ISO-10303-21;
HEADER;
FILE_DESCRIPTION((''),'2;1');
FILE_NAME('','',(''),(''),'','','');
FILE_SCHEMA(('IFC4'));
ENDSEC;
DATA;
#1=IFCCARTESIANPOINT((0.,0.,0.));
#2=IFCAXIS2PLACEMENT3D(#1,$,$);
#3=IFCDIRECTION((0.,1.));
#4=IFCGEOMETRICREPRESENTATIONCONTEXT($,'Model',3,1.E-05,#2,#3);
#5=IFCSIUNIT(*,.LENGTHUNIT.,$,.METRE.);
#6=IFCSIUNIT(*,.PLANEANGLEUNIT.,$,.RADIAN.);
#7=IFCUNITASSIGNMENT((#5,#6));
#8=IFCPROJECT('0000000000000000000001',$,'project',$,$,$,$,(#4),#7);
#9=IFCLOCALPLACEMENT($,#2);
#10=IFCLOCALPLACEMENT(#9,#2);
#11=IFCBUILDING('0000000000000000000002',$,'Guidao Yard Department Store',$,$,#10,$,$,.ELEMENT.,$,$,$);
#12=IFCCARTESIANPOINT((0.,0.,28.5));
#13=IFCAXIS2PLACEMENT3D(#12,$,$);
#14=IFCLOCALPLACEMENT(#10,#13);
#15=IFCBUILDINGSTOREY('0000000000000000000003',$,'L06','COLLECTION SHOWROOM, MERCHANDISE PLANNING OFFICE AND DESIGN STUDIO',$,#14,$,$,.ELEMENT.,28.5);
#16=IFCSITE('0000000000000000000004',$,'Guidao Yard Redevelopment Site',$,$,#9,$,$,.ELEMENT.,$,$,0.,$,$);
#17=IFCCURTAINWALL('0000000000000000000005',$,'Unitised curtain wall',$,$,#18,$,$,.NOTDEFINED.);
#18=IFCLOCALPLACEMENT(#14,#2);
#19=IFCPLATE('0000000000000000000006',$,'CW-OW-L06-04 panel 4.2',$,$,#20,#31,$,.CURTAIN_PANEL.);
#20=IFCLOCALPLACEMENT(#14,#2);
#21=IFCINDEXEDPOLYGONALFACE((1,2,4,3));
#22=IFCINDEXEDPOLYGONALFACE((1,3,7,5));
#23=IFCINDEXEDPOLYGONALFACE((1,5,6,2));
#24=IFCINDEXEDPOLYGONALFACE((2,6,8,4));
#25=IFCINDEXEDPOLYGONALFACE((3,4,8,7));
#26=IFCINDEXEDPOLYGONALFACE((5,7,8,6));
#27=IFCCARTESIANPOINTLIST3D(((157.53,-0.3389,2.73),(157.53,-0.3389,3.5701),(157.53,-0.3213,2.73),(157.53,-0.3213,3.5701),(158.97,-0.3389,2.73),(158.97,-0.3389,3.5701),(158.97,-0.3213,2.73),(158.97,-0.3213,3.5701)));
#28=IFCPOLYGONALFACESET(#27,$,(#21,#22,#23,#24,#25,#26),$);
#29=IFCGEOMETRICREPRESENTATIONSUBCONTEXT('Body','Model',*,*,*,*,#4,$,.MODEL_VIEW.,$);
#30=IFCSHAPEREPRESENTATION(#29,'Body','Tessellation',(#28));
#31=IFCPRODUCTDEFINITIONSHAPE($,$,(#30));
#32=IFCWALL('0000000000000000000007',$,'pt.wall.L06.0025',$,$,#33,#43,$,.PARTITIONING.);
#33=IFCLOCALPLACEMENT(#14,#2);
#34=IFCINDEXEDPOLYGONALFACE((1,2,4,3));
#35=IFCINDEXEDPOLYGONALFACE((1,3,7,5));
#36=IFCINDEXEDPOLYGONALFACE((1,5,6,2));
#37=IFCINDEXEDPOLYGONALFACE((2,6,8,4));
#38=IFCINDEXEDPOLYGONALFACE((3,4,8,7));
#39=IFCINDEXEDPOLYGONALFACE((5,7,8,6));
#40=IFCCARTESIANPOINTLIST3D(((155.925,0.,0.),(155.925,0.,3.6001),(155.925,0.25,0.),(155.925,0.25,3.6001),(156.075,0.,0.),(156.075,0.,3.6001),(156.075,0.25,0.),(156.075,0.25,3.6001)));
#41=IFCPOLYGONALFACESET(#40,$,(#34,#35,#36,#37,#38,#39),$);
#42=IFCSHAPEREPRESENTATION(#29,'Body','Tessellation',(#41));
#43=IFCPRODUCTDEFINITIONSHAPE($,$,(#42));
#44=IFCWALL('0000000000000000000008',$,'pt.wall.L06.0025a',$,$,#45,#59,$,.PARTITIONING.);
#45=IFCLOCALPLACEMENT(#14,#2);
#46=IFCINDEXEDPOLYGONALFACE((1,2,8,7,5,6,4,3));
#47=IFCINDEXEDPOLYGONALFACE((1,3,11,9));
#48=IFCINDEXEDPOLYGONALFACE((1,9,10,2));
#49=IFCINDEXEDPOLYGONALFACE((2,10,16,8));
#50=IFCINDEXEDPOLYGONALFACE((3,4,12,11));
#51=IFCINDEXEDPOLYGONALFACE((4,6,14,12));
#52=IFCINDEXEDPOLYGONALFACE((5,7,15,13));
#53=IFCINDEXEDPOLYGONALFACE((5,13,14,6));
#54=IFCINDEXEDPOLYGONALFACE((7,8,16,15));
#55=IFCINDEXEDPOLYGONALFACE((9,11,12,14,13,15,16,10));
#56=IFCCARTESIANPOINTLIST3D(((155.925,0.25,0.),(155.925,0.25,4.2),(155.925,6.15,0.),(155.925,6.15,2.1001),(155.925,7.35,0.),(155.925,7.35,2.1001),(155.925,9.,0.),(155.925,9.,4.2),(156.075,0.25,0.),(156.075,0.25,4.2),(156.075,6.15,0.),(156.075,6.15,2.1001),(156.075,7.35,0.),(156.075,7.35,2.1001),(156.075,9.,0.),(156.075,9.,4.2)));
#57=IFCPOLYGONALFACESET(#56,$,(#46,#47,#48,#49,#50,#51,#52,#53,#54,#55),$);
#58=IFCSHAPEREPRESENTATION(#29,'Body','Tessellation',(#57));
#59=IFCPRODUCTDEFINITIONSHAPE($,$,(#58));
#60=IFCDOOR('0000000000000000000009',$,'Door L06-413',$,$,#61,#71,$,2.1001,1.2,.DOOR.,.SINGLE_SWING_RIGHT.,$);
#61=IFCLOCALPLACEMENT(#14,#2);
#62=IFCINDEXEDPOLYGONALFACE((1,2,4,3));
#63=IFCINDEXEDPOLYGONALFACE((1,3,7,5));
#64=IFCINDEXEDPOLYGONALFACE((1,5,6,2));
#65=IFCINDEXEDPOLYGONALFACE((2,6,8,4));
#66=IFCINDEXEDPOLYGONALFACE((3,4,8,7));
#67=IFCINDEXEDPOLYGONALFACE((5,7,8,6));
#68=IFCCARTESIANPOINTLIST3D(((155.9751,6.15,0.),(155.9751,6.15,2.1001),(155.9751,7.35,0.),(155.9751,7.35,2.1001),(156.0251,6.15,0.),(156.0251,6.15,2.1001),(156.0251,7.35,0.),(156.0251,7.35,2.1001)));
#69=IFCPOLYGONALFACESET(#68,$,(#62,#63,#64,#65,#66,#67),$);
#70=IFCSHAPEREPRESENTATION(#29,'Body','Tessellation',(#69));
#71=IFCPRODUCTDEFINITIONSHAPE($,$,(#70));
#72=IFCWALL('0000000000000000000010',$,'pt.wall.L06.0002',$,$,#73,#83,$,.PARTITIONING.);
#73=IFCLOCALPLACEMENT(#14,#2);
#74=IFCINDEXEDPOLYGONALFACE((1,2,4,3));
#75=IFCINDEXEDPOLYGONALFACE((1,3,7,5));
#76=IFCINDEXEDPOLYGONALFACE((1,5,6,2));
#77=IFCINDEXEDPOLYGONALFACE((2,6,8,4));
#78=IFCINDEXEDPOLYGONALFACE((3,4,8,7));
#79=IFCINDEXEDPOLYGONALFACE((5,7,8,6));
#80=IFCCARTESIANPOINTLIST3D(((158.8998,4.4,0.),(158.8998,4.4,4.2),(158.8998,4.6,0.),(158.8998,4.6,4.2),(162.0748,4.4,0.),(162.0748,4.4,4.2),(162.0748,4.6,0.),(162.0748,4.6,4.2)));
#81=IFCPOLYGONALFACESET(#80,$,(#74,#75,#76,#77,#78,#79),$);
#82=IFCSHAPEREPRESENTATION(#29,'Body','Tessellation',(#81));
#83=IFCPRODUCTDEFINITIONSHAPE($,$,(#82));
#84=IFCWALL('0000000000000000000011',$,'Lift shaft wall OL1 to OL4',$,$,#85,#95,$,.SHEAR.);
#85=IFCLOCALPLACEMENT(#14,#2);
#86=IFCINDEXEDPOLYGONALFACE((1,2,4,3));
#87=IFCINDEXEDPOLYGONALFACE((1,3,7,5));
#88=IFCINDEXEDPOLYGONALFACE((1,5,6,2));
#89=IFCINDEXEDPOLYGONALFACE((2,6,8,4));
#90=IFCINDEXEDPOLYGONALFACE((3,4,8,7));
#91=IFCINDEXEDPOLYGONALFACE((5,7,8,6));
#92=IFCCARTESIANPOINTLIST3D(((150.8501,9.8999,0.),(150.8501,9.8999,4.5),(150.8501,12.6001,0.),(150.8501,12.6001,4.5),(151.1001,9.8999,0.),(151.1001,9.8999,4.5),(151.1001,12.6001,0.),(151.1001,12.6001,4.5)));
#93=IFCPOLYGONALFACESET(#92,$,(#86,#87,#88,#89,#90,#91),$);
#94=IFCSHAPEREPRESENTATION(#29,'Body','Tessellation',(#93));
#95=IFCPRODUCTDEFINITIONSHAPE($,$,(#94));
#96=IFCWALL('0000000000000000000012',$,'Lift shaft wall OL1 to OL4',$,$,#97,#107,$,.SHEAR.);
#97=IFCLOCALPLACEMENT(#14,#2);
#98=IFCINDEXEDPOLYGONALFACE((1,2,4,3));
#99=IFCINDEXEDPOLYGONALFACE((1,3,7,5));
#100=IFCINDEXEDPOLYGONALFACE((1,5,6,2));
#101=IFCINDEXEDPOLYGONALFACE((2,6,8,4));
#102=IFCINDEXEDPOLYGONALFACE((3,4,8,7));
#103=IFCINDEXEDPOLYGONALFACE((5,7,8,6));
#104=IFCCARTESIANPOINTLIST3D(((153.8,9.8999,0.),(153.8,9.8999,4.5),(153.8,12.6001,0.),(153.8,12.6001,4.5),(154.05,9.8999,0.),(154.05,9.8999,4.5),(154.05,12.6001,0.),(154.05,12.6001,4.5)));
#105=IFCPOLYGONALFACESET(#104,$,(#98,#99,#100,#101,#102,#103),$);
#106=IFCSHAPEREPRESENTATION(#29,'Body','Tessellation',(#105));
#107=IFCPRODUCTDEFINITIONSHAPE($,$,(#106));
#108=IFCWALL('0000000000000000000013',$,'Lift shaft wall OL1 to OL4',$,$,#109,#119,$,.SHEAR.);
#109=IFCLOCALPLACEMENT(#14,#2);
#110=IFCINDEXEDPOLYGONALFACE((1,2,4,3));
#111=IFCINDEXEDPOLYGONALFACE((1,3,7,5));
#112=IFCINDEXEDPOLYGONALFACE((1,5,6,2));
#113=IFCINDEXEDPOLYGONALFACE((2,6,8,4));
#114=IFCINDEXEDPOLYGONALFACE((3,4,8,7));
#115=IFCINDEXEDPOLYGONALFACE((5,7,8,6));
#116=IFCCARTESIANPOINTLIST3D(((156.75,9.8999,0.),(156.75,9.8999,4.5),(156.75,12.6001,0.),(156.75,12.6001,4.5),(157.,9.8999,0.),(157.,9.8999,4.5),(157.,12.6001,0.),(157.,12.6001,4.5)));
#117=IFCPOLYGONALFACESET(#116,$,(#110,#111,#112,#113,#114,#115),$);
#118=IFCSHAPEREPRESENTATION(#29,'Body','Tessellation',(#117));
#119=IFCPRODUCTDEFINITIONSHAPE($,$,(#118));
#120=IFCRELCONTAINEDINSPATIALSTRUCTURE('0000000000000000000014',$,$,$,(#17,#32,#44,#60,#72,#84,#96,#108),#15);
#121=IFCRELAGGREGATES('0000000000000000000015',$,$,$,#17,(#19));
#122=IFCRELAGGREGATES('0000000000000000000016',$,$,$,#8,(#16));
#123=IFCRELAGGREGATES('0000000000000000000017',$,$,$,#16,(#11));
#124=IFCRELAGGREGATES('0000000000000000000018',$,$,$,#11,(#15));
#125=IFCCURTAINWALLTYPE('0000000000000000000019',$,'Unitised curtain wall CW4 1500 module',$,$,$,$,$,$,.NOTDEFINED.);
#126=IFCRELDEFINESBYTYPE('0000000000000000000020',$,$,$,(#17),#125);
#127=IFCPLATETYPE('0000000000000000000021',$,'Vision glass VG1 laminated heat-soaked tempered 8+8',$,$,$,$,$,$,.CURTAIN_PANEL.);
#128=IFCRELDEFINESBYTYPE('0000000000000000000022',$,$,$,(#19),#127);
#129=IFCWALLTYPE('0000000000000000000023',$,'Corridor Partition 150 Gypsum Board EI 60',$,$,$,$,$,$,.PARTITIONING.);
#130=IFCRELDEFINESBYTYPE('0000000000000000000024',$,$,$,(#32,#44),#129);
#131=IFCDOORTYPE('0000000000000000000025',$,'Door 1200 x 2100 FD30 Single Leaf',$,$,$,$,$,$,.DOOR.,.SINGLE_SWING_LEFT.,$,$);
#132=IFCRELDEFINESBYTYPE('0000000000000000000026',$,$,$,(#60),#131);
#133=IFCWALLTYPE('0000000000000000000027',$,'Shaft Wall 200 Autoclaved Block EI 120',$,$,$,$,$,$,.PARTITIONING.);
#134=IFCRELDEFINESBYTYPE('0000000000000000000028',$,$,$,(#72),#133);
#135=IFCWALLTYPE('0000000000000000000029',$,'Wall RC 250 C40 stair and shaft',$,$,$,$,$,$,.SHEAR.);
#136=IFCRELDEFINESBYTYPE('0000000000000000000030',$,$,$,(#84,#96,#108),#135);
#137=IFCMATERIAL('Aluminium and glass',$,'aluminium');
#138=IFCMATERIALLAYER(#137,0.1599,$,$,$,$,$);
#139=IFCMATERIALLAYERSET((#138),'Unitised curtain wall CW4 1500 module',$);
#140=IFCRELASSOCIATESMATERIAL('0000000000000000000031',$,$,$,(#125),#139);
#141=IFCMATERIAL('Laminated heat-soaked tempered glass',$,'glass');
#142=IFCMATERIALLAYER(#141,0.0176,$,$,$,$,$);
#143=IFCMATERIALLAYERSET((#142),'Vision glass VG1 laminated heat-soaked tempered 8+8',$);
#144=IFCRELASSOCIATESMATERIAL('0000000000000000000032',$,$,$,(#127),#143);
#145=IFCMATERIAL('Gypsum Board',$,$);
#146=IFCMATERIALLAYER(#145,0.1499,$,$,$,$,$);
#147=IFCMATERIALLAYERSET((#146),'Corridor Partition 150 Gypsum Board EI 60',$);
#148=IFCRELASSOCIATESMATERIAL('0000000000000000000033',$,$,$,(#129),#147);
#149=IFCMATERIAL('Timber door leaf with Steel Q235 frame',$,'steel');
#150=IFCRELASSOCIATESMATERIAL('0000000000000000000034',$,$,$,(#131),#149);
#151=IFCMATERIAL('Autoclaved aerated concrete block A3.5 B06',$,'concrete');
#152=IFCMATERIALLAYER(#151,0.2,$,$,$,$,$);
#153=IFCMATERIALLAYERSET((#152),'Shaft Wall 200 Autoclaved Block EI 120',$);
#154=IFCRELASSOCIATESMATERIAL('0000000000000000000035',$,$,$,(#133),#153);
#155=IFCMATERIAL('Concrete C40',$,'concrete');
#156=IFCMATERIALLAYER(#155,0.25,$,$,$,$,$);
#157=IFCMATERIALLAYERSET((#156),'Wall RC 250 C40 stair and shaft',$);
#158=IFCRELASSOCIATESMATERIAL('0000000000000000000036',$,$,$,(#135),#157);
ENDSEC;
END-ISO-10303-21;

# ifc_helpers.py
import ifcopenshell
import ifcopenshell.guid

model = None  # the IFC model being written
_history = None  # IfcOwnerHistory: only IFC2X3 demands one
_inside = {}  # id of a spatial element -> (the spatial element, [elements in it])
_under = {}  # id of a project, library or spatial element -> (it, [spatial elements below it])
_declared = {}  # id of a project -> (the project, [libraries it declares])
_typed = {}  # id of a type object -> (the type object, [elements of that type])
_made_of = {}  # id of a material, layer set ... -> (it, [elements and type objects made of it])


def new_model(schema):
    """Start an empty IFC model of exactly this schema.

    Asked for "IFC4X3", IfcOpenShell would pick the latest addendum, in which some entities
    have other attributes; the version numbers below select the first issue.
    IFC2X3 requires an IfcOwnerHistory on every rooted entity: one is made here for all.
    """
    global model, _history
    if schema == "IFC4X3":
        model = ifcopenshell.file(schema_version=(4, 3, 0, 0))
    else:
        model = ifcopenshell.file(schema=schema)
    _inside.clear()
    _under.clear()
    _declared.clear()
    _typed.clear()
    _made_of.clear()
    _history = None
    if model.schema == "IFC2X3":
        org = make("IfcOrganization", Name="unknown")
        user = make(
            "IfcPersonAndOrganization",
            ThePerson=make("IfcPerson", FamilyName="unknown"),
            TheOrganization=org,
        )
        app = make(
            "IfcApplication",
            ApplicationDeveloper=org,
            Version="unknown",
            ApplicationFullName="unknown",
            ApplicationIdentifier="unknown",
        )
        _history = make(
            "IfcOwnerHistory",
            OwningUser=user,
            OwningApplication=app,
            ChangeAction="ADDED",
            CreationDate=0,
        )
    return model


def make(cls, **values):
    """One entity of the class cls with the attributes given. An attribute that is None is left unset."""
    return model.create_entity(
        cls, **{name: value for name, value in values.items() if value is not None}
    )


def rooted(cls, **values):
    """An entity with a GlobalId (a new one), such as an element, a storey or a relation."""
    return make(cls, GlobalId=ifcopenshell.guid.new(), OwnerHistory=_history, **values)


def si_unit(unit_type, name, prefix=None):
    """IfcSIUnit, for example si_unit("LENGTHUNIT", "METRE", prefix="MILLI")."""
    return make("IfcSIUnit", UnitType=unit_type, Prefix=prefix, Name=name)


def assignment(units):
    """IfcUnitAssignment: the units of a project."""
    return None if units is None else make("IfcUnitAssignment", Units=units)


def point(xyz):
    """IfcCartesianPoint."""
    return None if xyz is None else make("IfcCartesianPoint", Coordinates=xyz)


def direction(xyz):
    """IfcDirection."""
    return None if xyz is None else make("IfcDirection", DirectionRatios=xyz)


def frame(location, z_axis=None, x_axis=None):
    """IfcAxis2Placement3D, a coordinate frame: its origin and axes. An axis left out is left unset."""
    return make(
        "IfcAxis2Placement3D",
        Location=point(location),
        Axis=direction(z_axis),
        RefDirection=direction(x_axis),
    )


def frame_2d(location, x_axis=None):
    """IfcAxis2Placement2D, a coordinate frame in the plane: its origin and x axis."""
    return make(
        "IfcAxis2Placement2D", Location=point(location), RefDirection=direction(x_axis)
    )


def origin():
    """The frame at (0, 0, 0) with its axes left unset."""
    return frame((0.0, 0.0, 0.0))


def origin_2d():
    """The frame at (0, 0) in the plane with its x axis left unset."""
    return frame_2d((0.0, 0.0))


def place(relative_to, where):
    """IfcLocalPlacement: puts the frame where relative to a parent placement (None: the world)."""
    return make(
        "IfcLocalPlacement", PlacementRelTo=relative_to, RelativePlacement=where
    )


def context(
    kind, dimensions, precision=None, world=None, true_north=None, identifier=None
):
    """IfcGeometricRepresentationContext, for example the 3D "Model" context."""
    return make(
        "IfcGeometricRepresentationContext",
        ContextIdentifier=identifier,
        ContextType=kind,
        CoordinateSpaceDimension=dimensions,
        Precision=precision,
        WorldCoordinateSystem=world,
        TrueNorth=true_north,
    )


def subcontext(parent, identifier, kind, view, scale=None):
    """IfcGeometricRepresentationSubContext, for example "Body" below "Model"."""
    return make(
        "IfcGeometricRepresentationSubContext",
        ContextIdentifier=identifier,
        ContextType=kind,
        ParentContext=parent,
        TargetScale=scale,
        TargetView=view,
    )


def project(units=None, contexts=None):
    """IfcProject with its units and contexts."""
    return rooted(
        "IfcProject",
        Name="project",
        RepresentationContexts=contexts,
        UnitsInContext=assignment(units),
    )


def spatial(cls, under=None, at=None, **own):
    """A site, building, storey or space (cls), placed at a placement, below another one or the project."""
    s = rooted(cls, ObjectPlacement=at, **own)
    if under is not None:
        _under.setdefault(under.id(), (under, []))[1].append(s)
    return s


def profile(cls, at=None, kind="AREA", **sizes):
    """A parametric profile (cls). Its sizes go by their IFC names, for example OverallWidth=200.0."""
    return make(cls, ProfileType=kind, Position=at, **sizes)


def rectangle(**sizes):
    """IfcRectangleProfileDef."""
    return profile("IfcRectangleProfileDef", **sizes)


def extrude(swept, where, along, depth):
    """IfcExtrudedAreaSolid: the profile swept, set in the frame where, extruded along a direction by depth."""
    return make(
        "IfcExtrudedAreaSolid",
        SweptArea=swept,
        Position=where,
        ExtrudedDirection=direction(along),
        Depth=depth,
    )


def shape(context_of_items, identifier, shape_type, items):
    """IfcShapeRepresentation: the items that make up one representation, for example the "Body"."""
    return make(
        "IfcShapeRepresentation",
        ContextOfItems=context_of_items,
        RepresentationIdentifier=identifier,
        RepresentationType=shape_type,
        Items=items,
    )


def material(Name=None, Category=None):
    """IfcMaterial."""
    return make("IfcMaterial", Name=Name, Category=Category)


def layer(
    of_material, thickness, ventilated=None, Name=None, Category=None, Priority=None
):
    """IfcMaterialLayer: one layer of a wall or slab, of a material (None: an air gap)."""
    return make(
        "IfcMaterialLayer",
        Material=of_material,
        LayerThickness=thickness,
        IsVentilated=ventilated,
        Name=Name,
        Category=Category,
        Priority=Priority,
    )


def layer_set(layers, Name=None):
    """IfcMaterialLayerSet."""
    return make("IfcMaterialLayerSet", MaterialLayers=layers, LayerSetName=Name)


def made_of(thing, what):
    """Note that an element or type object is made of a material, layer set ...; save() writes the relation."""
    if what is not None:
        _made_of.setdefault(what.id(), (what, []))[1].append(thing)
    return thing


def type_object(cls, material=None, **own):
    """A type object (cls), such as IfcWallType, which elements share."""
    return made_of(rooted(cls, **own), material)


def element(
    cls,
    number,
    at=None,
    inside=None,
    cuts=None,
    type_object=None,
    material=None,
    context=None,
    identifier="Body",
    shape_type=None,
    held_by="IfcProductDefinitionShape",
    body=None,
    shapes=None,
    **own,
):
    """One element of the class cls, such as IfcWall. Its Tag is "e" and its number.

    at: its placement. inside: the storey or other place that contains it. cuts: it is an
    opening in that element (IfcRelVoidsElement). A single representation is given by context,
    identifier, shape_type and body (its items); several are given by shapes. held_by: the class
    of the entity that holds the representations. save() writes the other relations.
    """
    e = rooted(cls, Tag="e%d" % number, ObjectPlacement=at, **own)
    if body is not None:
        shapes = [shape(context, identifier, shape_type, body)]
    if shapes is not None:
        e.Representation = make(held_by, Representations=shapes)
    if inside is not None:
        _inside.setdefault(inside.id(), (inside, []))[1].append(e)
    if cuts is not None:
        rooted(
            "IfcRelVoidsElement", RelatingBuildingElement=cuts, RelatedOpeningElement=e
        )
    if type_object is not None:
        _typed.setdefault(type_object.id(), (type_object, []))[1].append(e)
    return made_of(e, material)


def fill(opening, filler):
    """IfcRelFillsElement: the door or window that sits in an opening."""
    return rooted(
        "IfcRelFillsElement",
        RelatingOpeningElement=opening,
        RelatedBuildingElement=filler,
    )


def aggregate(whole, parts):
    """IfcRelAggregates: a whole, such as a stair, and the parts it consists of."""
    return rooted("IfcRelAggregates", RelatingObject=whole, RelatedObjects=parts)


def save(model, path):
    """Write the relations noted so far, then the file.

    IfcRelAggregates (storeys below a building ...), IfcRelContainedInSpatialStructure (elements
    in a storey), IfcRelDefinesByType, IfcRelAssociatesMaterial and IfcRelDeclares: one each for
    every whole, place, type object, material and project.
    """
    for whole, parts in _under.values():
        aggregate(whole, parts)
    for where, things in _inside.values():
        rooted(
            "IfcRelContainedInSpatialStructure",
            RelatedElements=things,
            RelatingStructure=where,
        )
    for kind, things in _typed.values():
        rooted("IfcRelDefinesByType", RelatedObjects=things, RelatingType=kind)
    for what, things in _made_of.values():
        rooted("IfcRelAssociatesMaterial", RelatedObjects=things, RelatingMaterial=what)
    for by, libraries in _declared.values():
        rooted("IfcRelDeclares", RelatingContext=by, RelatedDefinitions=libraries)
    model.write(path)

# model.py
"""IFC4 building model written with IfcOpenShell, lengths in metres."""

from ifc_helpers import new_model, si_unit, direction, frame, frame_2d, origin, origin_2d, place, context, subcontext, project, spatial, rectangle, extrude, material, layer, layer_set, type_object, element, fill, aggregate, save


model = new_model("IFC4")

# Units and contexts
model_context = context("Model", 3, precision=1e-05, world=origin(), true_north=direction((0.0, 1.0)))
body_context = subcontext(model_context, "Body", "Model", "MODEL_VIEW")
ifc_project = project(units=[si_unit("LENGTHUNIT", "METRE"), si_unit("PLANEANGLEUNIT", "RADIAN")], contexts=[model_context])

# Site, building, storey
site_placement = place(None, origin())
site = spatial("IfcSite", under=ifc_project, at=site_placement, Name="Guidao Yard Redevelopment Site", CompositionType="ELEMENT", RefElevation=0.0)
building_placement = place(site_placement, origin())
building = spatial("IfcBuilding", under=site, at=building_placement, Name="Guidao Yard Department Store", CompositionType="ELEMENT")
storey_placement = place(building_placement, frame((0.0, 0.0, 28.5)))
storey = spatial("IfcBuildingStorey", under=building, at=storey_placement, Name="L06", Description="COLLECTION SHOWROOM, MERCHANDISE PLANNING OFFICE AND DESIGN STUDIO", CompositionType="ELEMENT", Elevation=28.5)

# Curtain wall
ifc_material_1 = material(Name="Aluminium and glass", Category="aluminium")
ifc_layer_1 = layer(ifc_material_1, 0.1599)
ifc_layer_set_1 = layer_set([ifc_layer_1], Name="Unitised curtain wall CW4 1500 module")
curtain_wall_type = type_object("IfcCurtainWallType", Name="Unitised curtain wall CW4 1500 module", PredefinedType="NOTDEFINED", material=ifc_layer_set_1)
curtain_wall_placement = place(storey_placement, origin())
curtain_wall = element("IfcCurtainWall", 1, at=curtain_wall_placement, inside=storey, type_object=curtain_wall_type, Name="Unitised curtain wall", PredefinedType="NOTDEFINED")

# Plate
ifc_material_2 = material(Name="Laminated heat-soaked tempered glass", Category="glass")
ifc_layer_2 = layer(ifc_material_2, 0.0176)
ifc_layer_set_2 = layer_set([ifc_layer_2], Name="Vision glass VG1 laminated heat-soaked tempered 8+8")
plate_type_1 = type_object("IfcPlateType", Name="Vision glass VG1 laminated heat-soaked tempered 8+8", PredefinedType="CURTAIN_PANEL", material=ifc_layer_set_2)
plate_1_placement = place(storey_placement, frame((158.25, -0.3301, 2.73), z_axis=(0.0, 0.0, 1.0), x_axis=(-1.0, 0.0, 0.0)))
plate_1 = element("IfcPlate", 2, at=plate_1_placement, type_object=plate_type_1, Name="CW-OW-L06-04 panel 4.2", PredefinedType="CURTAIN_PANEL", context=body_context, shape_type="SweptSolid", body=[
    extrude(rectangle(XDim=1.4399, YDim=0.0176, at=origin_2d()), origin(), (0.0, 0.0, 1.0), 0.8401),
])
aggregate(curtain_wall, [plate_1])

# Wall
ifc_material_3 = material(Name="Gypsum Board")
ifc_layer_3 = layer(ifc_material_3, 0.1499)
ifc_layer_set_3 = layer_set([ifc_layer_3], Name="Corridor Partition 150 Gypsum Board EI 60")
wall_type_1 = type_object("IfcWallType", Name="Corridor Partition 150 Gypsum Board EI 60", PredefinedType="PARTITIONING", material=ifc_layer_set_3)
wall_1_placement = place(storey_placement, frame((156.0, 0.0, 0.0), z_axis=(0.0, 0.0, 1.0), x_axis=(0.0, 1.0, 0.0)))
element("IfcWall", 3, at=wall_1_placement, inside=storey, type_object=wall_type_1, Name="pt.wall.L06.0025", PredefinedType="PARTITIONING", context=body_context, shape_type="SweptSolid", body=[
    extrude(rectangle(XDim=0.25, YDim=0.1499, at=frame_2d((0.125, 0.0))), origin(), (0.0, 0.0, 1.0), 3.6001),
])

# Wall, opening, door
wall_2_placement = place(storey_placement, frame((156.0, 0.25, 0.0), z_axis=(0.0, 0.0, 1.0), x_axis=(0.0, 1.0, 0.0)))
wall_2 = element("IfcWall", 4, at=wall_2_placement, inside=storey, type_object=wall_type_1, Name="pt.wall.L06.0025a", PredefinedType="PARTITIONING", context=body_context, shape_type="SweptSolid", body=[
    extrude(rectangle(XDim=8.75, YDim=0.1499, at=frame_2d((4.375, 0.0))), origin(), (0.0, 0.0, 1.0), 4.2),
])
opening_placement = place(wall_2_placement, frame((5.8999, 0.0, 0.0)))
opening = element("IfcOpeningElement", 5, at=opening_placement, cuts=wall_2, PredefinedType="OPENING", context=body_context, shape_type="SweptSolid", body=[
    extrude(rectangle(XDim=1.2, YDim=2.1001, at=frame_2d((0.6001, 1.05))), frame((0.0, 0.085, 0.0), z_axis=(0.0, -1.0, 0.0), x_axis=(1.0, 0.0, 0.0)), (0.0, 0.0, 1.0), 0.1699),
])
ifc_material_4 = material(Name="Timber door leaf with Steel Q235 frame", Category="steel")
door_type = type_object("IfcDoorType", Name="Door 1200 x 2100 FD30 Single Leaf", OperationType="SINGLE_SWING_LEFT", PredefinedType="DOOR", material=ifc_material_4)
door_placement = place(opening_placement, origin())
door = element("IfcDoor", 6, at=door_placement, inside=storey, type_object=door_type, Name="Door L06-413", OperationType="SINGLE_SWING_RIGHT", OverallHeight=2.1001, OverallWidth=1.2, PredefinedType="DOOR", context=body_context, shape_type="SweptSolid", body=[
    extrude(rectangle(XDim=1.2, YDim=2.1001, at=frame_2d((0.6001, 1.05))), frame((0.0, 0.0249, 0.0), z_axis=(0.0, -1.0, 0.0), x_axis=(1.0, 0.0, 0.0)), (0.0, 0.0, 1.0), 0.05),
])
fill(opening, door)

# Walls
ifc_material_5 = material(Name="Autoclaved aerated concrete block A3.5 B06", Category="concrete")
ifc_layer_4 = layer(ifc_material_5, 0.2)
ifc_layer_set_4 = layer_set([ifc_layer_4], Name="Shaft Wall 200 Autoclaved Block EI 120")
wall_type_2 = type_object("IfcWallType", Name="Shaft Wall 200 Autoclaved Block EI 120", PredefinedType="PARTITIONING", material=ifc_layer_set_4)
wall_3_placement = place(storey_placement, frame((158.8999, 4.5, 0.0), z_axis=(0.0, 0.0, 1.0), x_axis=(1.0, 0.0, 0.0)))
element("IfcWall", 7, at=wall_3_placement, inside=storey, type_object=wall_type_2, Name="pt.wall.L06.0002", PredefinedType="PARTITIONING", context=body_context, shape_type="SweptSolid", body=[
    extrude(rectangle(XDim=3.175, YDim=0.2, at=frame_2d((1.5874, 0.0))), origin(), (0.0, 0.0, 1.0), 4.2),
])
ifc_material_6 = material(Name="Concrete C40", Category="concrete")
ifc_layer_5 = layer(ifc_material_6, 0.25)
ifc_layer_set_5 = layer_set([ifc_layer_5], Name="Wall RC 250 C40 stair and shaft")
wall_type_3 = type_object("IfcWallType", Name="Wall RC 250 C40 stair and shaft", PredefinedType="SHEAR", material=ifc_layer_set_5)
for number, where, z_axis, x_axis, name in (
    (8, (150.9751, 9.8999, 0.0), (0.0, 0.0, 1.0), (0.0, 1.0, 0.0), "Lift shaft wall OL1 to OL4"),
    (9, (153.925, 9.8999, 0.0), (0.0, 0.0, 1.0), (0.0, 1.0, 0.0), "Lift shaft wall OL1 to OL4"),
    (10, (156.875, 9.8999, 0.0), (0.0, 0.0, 1.0), (0.0, 1.0, 0.0), "Lift shaft wall OL1 to OL4"),
):
    element("IfcWall", number, at=place(storey_placement, frame(where, z_axis=z_axis, x_axis=x_axis)), inside=storey, type_object=wall_type_3, Name=name, PredefinedType="SHEAR", context=body_context, shape_type="SweptSolid", body=[
        extrude(rectangle(XDim=2.7002, YDim=0.25, at=frame_2d((1.3501, 0.0))), origin(), (0.0, 0.0, 1.0), 4.5),
    ])

save(model, "model.ifc")
